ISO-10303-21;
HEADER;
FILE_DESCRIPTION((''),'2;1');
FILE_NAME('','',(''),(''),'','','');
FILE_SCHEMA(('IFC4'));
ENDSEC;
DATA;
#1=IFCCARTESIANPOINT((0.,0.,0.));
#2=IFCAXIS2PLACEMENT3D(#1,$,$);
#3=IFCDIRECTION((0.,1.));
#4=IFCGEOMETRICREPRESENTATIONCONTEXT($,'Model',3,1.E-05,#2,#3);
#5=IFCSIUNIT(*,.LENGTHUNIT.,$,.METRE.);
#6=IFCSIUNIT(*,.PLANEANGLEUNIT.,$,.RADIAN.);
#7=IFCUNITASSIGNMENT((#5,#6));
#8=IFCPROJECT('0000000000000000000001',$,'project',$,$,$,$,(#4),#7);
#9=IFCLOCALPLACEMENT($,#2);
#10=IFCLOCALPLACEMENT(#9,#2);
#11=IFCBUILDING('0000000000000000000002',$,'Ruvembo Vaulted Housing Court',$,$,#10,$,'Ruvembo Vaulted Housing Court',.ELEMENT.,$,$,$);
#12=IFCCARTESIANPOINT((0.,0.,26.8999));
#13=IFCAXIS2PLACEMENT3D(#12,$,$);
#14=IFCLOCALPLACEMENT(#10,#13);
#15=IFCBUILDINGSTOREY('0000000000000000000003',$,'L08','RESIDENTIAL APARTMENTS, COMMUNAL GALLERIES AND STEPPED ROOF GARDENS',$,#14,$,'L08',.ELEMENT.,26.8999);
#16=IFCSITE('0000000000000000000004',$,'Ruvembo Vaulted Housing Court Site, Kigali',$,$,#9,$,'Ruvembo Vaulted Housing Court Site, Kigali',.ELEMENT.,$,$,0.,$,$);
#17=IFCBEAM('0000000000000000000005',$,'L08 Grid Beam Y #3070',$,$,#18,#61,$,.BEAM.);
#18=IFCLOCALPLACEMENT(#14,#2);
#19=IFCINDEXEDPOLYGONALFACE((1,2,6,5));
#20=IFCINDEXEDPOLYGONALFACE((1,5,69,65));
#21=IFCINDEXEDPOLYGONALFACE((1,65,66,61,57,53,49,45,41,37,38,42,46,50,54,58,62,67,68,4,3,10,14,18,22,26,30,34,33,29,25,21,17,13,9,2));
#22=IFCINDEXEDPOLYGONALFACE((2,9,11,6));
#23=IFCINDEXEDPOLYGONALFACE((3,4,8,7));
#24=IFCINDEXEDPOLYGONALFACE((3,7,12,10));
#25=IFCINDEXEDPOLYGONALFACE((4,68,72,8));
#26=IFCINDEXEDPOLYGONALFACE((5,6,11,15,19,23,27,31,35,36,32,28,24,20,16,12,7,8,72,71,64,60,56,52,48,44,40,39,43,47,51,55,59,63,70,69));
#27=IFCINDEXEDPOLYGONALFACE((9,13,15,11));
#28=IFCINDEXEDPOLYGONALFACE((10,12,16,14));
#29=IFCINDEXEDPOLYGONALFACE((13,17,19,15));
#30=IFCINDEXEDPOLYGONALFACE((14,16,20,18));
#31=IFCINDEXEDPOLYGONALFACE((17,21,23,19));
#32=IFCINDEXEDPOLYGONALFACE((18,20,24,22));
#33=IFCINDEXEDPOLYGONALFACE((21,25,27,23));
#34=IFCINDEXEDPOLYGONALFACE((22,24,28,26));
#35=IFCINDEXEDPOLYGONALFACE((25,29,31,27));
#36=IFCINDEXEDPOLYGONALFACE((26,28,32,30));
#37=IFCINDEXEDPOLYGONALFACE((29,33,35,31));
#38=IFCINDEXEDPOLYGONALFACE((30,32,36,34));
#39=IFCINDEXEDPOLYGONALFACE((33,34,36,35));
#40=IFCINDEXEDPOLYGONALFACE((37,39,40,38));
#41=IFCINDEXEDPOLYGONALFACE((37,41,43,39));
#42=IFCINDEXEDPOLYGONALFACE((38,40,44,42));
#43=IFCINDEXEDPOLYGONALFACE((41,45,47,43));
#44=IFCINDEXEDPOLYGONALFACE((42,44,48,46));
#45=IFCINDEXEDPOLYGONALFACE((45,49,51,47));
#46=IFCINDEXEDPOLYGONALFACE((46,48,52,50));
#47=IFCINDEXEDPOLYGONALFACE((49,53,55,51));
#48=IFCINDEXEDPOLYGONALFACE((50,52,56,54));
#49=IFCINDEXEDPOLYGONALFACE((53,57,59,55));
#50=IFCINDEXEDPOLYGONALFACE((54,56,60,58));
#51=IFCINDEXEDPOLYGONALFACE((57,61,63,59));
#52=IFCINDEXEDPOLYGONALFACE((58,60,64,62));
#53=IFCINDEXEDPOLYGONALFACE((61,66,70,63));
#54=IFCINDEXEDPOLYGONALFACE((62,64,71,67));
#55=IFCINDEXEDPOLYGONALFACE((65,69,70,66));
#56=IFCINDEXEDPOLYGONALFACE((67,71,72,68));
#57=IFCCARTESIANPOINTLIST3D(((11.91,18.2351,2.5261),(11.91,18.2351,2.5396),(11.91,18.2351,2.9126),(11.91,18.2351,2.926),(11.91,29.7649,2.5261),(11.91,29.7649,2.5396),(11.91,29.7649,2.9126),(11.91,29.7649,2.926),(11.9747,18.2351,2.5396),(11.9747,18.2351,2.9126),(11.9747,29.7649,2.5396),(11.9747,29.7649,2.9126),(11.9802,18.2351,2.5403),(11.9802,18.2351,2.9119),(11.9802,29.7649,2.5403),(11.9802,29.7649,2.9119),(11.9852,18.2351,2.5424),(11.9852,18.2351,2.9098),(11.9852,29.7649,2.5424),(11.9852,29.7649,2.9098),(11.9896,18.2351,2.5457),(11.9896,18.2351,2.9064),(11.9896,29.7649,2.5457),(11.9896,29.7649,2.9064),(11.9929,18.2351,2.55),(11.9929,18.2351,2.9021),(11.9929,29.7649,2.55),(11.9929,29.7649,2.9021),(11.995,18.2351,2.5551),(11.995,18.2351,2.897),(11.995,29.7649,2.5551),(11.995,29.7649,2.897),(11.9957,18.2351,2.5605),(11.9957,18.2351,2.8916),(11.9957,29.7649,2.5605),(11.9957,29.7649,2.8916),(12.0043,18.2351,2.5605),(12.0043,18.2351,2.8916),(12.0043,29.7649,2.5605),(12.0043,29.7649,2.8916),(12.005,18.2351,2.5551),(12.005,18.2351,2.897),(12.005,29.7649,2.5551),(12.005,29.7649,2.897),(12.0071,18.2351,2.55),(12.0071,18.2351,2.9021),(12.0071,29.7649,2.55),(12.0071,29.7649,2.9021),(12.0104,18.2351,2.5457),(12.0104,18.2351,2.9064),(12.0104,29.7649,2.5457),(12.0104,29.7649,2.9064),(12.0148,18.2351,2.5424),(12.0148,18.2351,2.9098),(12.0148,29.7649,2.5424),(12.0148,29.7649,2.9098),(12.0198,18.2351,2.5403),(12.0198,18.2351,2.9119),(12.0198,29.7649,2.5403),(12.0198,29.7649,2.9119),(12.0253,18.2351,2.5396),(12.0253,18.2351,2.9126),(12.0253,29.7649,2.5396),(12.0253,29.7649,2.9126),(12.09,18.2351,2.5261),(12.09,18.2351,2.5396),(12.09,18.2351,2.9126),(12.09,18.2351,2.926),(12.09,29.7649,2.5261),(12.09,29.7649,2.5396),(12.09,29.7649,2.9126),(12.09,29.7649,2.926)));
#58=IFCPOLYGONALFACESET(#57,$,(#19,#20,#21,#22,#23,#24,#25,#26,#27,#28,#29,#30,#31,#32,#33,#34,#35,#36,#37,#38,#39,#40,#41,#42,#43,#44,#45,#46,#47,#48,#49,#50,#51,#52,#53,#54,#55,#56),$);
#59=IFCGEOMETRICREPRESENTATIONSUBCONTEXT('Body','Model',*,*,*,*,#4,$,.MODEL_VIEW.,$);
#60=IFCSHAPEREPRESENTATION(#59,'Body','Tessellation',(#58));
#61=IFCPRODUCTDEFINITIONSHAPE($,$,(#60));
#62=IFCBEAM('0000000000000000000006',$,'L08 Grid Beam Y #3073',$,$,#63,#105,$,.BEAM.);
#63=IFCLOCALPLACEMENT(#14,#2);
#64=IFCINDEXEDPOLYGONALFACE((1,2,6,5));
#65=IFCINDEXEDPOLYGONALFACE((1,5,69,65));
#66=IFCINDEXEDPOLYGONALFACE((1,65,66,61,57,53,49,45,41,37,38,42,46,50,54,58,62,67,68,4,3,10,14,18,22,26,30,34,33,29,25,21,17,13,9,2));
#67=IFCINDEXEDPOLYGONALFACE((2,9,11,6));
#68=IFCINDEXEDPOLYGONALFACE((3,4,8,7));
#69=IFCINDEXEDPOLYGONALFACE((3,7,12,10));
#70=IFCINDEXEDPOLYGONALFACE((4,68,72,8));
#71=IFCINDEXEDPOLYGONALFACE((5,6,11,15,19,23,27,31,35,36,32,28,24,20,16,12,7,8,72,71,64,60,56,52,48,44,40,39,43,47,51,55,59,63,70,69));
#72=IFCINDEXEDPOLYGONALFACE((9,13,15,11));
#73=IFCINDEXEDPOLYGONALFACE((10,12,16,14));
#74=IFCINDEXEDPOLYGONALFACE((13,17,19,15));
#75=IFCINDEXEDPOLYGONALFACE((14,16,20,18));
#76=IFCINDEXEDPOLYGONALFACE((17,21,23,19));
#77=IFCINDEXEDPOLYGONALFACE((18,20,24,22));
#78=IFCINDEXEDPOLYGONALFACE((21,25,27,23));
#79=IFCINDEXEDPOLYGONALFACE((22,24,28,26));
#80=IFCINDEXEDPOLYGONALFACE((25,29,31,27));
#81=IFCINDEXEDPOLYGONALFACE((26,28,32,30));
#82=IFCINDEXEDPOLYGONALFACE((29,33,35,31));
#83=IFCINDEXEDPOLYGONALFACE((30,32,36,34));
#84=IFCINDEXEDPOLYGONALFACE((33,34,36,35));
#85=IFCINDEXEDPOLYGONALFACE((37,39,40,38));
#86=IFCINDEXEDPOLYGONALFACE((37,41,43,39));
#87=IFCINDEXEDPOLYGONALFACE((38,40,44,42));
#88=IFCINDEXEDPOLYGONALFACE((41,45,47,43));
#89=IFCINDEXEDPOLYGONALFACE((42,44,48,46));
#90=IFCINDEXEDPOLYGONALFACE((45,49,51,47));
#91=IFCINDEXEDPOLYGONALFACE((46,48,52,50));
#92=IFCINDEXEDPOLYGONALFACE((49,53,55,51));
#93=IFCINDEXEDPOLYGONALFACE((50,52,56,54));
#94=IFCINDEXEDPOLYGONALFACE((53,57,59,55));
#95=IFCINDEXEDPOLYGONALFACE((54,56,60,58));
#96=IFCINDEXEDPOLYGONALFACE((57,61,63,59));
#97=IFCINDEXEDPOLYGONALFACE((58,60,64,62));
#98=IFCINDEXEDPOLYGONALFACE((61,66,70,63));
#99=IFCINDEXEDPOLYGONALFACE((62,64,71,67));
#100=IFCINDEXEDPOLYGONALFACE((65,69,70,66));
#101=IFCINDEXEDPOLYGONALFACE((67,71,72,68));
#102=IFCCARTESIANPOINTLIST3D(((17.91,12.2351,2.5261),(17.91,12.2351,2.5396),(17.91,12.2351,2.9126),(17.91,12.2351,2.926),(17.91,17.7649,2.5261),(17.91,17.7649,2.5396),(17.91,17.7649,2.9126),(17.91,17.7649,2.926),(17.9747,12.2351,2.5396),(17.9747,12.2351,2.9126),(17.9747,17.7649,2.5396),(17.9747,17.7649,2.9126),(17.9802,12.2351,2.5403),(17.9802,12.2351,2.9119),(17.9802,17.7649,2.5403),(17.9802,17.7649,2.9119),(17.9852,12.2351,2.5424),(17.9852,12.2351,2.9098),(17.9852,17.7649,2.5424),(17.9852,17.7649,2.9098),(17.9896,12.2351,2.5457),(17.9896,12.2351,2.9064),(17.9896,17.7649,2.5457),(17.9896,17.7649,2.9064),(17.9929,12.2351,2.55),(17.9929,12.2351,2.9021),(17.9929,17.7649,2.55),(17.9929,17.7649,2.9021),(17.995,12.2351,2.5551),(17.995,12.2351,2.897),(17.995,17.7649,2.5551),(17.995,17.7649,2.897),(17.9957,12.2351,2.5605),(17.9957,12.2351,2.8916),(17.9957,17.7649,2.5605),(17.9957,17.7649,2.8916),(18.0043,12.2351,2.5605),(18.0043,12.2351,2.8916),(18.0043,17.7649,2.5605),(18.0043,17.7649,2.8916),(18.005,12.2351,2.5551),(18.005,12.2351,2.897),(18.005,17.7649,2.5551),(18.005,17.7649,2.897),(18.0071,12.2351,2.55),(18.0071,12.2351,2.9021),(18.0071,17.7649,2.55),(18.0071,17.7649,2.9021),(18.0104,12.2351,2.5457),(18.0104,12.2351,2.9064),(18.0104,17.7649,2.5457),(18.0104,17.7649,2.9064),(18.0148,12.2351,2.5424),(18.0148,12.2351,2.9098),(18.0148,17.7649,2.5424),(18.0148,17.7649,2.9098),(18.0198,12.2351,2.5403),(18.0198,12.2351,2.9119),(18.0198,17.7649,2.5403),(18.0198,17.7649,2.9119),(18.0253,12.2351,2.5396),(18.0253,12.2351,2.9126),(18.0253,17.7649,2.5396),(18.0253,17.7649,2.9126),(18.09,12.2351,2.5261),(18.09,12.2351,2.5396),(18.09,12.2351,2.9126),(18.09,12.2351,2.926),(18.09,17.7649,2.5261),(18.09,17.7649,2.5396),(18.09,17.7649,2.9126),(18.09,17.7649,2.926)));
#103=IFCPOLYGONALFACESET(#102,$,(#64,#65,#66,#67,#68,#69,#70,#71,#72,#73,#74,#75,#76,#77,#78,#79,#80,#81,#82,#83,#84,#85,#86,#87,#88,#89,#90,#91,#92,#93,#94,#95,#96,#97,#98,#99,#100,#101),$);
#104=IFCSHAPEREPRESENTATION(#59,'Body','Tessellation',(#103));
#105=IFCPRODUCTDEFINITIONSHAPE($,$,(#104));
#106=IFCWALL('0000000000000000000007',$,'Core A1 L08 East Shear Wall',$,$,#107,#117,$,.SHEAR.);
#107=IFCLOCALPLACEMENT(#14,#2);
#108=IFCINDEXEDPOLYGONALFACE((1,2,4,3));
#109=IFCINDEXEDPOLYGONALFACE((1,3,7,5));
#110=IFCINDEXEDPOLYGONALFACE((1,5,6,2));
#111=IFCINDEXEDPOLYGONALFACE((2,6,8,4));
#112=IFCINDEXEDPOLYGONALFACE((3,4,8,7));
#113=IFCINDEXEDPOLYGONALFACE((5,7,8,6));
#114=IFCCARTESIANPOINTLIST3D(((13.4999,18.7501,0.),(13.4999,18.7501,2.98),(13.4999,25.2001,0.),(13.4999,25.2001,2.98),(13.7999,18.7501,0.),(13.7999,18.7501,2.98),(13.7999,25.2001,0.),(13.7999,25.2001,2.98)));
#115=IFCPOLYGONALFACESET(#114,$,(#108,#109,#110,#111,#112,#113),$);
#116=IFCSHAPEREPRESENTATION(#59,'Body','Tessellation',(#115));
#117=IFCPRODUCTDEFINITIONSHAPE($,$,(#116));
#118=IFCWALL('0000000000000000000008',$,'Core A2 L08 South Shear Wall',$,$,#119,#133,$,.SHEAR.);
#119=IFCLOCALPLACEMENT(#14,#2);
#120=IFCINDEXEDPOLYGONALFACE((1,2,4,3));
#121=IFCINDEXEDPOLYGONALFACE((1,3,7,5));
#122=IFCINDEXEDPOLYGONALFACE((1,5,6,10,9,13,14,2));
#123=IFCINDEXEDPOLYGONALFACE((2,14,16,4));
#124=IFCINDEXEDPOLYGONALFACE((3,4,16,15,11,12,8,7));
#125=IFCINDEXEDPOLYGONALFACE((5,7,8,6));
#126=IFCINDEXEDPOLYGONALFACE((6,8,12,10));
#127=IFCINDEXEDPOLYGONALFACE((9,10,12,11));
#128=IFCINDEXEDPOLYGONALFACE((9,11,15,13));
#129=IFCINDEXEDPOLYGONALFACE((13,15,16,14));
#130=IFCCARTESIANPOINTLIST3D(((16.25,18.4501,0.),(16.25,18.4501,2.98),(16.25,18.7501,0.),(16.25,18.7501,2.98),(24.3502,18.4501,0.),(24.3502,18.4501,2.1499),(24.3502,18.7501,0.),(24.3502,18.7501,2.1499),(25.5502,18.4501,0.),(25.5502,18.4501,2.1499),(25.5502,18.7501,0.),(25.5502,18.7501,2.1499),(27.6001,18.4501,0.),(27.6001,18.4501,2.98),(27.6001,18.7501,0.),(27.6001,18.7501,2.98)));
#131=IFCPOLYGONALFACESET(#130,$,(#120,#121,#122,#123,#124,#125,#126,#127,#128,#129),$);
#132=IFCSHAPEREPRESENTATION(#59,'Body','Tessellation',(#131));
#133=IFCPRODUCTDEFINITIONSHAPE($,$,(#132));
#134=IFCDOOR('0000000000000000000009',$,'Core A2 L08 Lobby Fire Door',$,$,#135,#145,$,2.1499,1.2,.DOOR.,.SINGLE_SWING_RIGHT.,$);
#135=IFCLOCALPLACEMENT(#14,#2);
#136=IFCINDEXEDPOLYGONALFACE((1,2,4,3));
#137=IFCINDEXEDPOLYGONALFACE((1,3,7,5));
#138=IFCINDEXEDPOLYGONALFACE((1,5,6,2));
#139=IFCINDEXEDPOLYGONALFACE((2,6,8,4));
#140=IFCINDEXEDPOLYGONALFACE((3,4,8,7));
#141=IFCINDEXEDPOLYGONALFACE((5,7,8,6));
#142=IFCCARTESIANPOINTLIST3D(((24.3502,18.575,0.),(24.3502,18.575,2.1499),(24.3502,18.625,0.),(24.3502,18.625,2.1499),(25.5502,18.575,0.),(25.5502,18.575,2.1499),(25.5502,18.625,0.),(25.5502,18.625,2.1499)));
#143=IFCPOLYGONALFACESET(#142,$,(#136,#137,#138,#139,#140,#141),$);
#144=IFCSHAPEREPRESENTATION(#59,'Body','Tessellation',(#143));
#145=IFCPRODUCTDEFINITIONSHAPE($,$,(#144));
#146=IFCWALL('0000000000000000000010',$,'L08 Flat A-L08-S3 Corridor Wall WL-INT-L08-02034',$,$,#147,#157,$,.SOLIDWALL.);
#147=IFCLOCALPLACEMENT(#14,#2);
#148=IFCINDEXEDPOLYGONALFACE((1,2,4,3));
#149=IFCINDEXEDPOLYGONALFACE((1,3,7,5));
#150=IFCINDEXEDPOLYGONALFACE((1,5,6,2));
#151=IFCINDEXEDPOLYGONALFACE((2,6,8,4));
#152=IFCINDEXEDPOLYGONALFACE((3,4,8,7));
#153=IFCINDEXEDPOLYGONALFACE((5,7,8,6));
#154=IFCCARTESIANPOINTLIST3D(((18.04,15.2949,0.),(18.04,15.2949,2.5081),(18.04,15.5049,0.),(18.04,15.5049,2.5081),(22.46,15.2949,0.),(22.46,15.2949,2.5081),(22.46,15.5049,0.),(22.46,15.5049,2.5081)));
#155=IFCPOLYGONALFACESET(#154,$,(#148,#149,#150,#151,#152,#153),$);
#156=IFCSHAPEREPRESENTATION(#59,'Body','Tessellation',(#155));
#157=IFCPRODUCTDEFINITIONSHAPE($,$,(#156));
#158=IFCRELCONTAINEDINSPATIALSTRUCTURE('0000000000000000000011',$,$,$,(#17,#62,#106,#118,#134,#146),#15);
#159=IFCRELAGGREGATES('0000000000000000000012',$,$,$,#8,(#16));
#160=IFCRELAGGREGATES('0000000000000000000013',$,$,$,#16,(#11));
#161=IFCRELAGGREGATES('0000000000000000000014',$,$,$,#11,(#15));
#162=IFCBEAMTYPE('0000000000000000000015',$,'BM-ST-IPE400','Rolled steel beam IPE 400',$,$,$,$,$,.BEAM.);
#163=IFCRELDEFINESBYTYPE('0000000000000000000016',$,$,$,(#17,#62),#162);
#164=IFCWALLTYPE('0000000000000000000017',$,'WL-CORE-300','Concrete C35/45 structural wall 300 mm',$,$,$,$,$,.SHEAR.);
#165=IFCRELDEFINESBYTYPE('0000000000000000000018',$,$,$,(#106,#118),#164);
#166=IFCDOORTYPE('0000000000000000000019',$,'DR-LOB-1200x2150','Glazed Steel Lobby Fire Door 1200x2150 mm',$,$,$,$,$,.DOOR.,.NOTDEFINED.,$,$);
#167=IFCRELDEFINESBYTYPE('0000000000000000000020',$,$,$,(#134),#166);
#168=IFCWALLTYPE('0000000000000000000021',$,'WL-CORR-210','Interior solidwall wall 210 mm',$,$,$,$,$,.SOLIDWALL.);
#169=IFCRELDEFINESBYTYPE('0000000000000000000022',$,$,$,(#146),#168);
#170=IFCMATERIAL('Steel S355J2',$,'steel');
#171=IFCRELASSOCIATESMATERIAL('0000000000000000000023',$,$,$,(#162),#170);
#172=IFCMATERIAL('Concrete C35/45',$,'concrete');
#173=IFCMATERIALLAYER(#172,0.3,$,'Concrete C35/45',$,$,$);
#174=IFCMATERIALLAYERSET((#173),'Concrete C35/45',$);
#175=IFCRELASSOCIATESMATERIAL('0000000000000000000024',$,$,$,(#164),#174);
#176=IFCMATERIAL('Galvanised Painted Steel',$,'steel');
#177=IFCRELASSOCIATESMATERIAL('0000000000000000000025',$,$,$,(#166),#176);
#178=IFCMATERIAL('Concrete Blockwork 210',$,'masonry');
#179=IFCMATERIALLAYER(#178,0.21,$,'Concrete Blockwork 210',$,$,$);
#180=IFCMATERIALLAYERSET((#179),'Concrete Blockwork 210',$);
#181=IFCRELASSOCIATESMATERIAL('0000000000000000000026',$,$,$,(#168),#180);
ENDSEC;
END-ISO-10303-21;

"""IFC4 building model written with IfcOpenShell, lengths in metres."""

from ifc_helpers import new_model, si_unit, direction, frame, frame_2d, origin, origin_2d, place, context, subcontext, project, spatial, rectangle, i_section, extrude, material, layer, layer_set, material_profile, profile_set, type_object, element, fill, save


model = new_model("IFC4")

# Units and contexts
model_context = context("Model", 3, precision=1e-05, world=origin(), true_north=direction((0.0, 1.0)))
body_context = subcontext(model_context, "Body", "Model", "MODEL_VIEW")
ifc_project = project(units=[si_unit("LENGTHUNIT", "METRE"), si_unit("PLANEANGLEUNIT", "RADIAN")], contexts=[model_context])

# Site, building, storey
site_placement = place(None, origin())
site = spatial("IfcSite", under=ifc_project, at=site_placement, Name="Ruvembo Vaulted Housing Court Site, Kigali", LongName="Ruvembo Vaulted Housing Court Site, Kigali", CompositionType="ELEMENT", RefElevation=0.0)
building_placement = place(site_placement, origin())
building = spatial("IfcBuilding", under=site, at=building_placement, Name="Ruvembo Vaulted Housing Court", LongName="Ruvembo Vaulted Housing Court", CompositionType="ELEMENT")
storey_placement = place(building_placement, frame((0.0, 0.0, 26.8999)))
storey = spatial("IfcBuildingStorey", under=building, at=storey_placement, Name="L08", Description="RESIDENTIAL APARTMENTS, COMMUNAL GALLERIES AND STEPPED ROOF GARDENS", LongName="L08", CompositionType="ELEMENT", Elevation=26.8999)

# Shared definitions
ifc_material_1 = material(Name="Concrete C35/45", Category="concrete")

# Beams
ifc_material_2 = material(Name="Steel S355J2", Category="steel")
ifc_material_profile_1 = material_profile(ifc_material_2, i_section(OverallWidth=0.1799, OverallDepth=0.3999, WebThickness=0.0085, FlangeThickness=0.0134, FilletRadius=0.021, at=origin_2d()), Name="IPE 400")
ifc_profile_set_1 = profile_set([ifc_material_profile_1], Name="Steel S355J2")
beam_type_1 = type_object("IfcBeamType", Name="BM-ST-IPE400", Description="Rolled steel beam IPE 400", PredefinedType="BEAM", material=ifc_profile_set_1)
beam_1_placement = place(storey_placement, frame((12.0, 18.2351, 2.7261), z_axis=(0.0, 1.0, 0.0), x_axis=(-1.0, 0.0, 0.0)))
element("IfcBeam", 1, at=beam_1_placement, inside=storey, type_object=beam_type_1, Name="L08 Grid Beam Y #3070", PredefinedType="BEAM", context=body_context, shape_type="SweptSolid", body=[
    extrude(i_section(OverallWidth=0.1799, OverallDepth=0.3999, WebThickness=0.0085, FlangeThickness=0.0134, FilletRadius=0.021, at=origin_2d()), origin(), (0.0, 0.0, 1.0), 11.5298),
])
beam_2_placement = place(storey_placement, frame((18.0, 12.2351, 2.7261), z_axis=(0.0, 1.0, 0.0), x_axis=(-1.0, 0.0, 0.0)))
element("IfcBeam", 2, at=beam_2_placement, inside=storey, type_object=beam_type_1, Name="L08 Grid Beam Y #3073", PredefinedType="BEAM", context=body_context, shape_type="SweptSolid", body=[
    extrude(i_section(OverallWidth=0.1799, OverallDepth=0.3999, WebThickness=0.0085, FlangeThickness=0.0134, FilletRadius=0.021, at=origin_2d()), origin(), (0.0, 0.0, 1.0), 5.5298),
])

# Wall
ifc_layer_1 = layer(ifc_material_1, 0.3, Name="Concrete C35/45")
ifc_layer_set_1 = layer_set([ifc_layer_1], Name="Concrete C35/45")
wall_type_1 = type_object("IfcWallType", Name="WL-CORE-300", Description="Concrete C35/45 structural wall 300 mm", PredefinedType="SHEAR", material=ifc_layer_set_1)
wall_1_placement = place(storey_placement, frame((13.6499, 18.75, 0.0), z_axis=(0.0, 0.0, 1.0), x_axis=(0.0, 1.0, 0.0)))
element("IfcWall", 3, at=wall_1_placement, inside=storey, type_object=wall_type_1, Name="Core A1 L08 East Shear Wall", PredefinedType="SHEAR", context=body_context, shape_type="SweptSolid", body=[
    extrude(rectangle(XDim=6.45, YDim=0.3, at=frame_2d((3.2251, 0.0))), origin(), (0.0, 0.0, 1.0), 2.98),
])

# Wall, opening, door
wall_2_placement = place(storey_placement, frame((16.25, 18.6001, 0.0), z_axis=(0.0, 0.0, 1.0), x_axis=(1.0, 0.0, 0.0)))
wall_2 = element("IfcWall", 4, at=wall_2_placement, inside=storey, type_object=wall_type_1, Name="Core A2 L08 South Shear Wall", PredefinedType="SHEAR", context=body_context, shape_type="SweptSolid", body=[
    extrude(rectangle(XDim=11.3501, YDim=0.3, at=frame_2d((5.675, 0.0))), origin(), (0.0, 0.0, 1.0), 2.98),
])
opening_1_placement = place(wall_2_placement, frame((8.1001, 0.0, 0.0)))
opening_1 = element("IfcOpeningElement", 5, at=opening_1_placement, cuts=wall_2, PredefinedType="OPENING", context=body_context, shape_type="SweptSolid", body=[
    extrude(rectangle(XDim=1.2, YDim=2.1499, at=frame_2d((0.6001, 1.075))), frame((0.0, 0.1599, 0.0), z_axis=(0.0, -1.0, 0.0), x_axis=(1.0, 0.0, 0.0)), (0.0, 0.0, 1.0), 0.3201),
])
ifc_material_3 = material(Name="Galvanised Painted Steel", Category="steel")
door_type_1 = type_object("IfcDoorType", Name="DR-LOB-1200x2150", Description="Glazed Steel Lobby Fire Door 1200x2150 mm", OperationType="NOTDEFINED", PredefinedType="DOOR", material=ifc_material_3)
door_1_placement = place(opening_1_placement, origin())
door_1 = element("IfcDoor", 6, at=door_1_placement, inside=storey, type_object=door_type_1, Name="Core A2 L08 Lobby Fire Door", OperationType="SINGLE_SWING_RIGHT", OverallHeight=2.1499, OverallWidth=1.2, PredefinedType="DOOR", context=body_context, shape_type="SweptSolid", body=[
    extrude(rectangle(XDim=1.2, YDim=2.1499, at=frame_2d((0.6001, 1.075))), frame((0.0, 0.0249, 0.0), z_axis=(0.0, -1.0, 0.0), x_axis=(1.0, 0.0, 0.0)), (0.0, 0.0, 1.0), 0.05),
])
fill(opening_1, door_1)
ifc_material_4 = material(Name="Concrete Blockwork 210", Category="masonry")
ifc_layer_2 = layer(ifc_material_4, 0.21, Name="Concrete Blockwork 210")
ifc_layer_set_2 = layer_set([ifc_layer_2], Name="Concrete Blockwork 210")
wall_type_2 = type_object("IfcWallType", Name="WL-CORR-210", Description="Interior solidwall wall 210 mm", PredefinedType="SOLIDWALL", material=ifc_layer_set_2)

# Wall
wall_3_placement = place(storey_placement, frame((18.04, 15.3999, 0.0), z_axis=(0.0, 0.0, 1.0), x_axis=(1.0, 0.0, 0.0)))
element("IfcWall", 7, at=wall_3_placement, inside=storey, type_object=wall_type_2, Name="L08 Flat A-L08-S3 Corridor Wall WL-INT-L08-02034", PredefinedType="SOLIDWALL", context=body_context, shape_type="SweptSolid", body=[
    extrude(rectangle(XDim=4.4199, YDim=0.21, at=frame_2d((2.21, 0.0))), origin(), (0.0, 0.0, 1.0), 2.5081),
])

save(model, "model.ifc")
